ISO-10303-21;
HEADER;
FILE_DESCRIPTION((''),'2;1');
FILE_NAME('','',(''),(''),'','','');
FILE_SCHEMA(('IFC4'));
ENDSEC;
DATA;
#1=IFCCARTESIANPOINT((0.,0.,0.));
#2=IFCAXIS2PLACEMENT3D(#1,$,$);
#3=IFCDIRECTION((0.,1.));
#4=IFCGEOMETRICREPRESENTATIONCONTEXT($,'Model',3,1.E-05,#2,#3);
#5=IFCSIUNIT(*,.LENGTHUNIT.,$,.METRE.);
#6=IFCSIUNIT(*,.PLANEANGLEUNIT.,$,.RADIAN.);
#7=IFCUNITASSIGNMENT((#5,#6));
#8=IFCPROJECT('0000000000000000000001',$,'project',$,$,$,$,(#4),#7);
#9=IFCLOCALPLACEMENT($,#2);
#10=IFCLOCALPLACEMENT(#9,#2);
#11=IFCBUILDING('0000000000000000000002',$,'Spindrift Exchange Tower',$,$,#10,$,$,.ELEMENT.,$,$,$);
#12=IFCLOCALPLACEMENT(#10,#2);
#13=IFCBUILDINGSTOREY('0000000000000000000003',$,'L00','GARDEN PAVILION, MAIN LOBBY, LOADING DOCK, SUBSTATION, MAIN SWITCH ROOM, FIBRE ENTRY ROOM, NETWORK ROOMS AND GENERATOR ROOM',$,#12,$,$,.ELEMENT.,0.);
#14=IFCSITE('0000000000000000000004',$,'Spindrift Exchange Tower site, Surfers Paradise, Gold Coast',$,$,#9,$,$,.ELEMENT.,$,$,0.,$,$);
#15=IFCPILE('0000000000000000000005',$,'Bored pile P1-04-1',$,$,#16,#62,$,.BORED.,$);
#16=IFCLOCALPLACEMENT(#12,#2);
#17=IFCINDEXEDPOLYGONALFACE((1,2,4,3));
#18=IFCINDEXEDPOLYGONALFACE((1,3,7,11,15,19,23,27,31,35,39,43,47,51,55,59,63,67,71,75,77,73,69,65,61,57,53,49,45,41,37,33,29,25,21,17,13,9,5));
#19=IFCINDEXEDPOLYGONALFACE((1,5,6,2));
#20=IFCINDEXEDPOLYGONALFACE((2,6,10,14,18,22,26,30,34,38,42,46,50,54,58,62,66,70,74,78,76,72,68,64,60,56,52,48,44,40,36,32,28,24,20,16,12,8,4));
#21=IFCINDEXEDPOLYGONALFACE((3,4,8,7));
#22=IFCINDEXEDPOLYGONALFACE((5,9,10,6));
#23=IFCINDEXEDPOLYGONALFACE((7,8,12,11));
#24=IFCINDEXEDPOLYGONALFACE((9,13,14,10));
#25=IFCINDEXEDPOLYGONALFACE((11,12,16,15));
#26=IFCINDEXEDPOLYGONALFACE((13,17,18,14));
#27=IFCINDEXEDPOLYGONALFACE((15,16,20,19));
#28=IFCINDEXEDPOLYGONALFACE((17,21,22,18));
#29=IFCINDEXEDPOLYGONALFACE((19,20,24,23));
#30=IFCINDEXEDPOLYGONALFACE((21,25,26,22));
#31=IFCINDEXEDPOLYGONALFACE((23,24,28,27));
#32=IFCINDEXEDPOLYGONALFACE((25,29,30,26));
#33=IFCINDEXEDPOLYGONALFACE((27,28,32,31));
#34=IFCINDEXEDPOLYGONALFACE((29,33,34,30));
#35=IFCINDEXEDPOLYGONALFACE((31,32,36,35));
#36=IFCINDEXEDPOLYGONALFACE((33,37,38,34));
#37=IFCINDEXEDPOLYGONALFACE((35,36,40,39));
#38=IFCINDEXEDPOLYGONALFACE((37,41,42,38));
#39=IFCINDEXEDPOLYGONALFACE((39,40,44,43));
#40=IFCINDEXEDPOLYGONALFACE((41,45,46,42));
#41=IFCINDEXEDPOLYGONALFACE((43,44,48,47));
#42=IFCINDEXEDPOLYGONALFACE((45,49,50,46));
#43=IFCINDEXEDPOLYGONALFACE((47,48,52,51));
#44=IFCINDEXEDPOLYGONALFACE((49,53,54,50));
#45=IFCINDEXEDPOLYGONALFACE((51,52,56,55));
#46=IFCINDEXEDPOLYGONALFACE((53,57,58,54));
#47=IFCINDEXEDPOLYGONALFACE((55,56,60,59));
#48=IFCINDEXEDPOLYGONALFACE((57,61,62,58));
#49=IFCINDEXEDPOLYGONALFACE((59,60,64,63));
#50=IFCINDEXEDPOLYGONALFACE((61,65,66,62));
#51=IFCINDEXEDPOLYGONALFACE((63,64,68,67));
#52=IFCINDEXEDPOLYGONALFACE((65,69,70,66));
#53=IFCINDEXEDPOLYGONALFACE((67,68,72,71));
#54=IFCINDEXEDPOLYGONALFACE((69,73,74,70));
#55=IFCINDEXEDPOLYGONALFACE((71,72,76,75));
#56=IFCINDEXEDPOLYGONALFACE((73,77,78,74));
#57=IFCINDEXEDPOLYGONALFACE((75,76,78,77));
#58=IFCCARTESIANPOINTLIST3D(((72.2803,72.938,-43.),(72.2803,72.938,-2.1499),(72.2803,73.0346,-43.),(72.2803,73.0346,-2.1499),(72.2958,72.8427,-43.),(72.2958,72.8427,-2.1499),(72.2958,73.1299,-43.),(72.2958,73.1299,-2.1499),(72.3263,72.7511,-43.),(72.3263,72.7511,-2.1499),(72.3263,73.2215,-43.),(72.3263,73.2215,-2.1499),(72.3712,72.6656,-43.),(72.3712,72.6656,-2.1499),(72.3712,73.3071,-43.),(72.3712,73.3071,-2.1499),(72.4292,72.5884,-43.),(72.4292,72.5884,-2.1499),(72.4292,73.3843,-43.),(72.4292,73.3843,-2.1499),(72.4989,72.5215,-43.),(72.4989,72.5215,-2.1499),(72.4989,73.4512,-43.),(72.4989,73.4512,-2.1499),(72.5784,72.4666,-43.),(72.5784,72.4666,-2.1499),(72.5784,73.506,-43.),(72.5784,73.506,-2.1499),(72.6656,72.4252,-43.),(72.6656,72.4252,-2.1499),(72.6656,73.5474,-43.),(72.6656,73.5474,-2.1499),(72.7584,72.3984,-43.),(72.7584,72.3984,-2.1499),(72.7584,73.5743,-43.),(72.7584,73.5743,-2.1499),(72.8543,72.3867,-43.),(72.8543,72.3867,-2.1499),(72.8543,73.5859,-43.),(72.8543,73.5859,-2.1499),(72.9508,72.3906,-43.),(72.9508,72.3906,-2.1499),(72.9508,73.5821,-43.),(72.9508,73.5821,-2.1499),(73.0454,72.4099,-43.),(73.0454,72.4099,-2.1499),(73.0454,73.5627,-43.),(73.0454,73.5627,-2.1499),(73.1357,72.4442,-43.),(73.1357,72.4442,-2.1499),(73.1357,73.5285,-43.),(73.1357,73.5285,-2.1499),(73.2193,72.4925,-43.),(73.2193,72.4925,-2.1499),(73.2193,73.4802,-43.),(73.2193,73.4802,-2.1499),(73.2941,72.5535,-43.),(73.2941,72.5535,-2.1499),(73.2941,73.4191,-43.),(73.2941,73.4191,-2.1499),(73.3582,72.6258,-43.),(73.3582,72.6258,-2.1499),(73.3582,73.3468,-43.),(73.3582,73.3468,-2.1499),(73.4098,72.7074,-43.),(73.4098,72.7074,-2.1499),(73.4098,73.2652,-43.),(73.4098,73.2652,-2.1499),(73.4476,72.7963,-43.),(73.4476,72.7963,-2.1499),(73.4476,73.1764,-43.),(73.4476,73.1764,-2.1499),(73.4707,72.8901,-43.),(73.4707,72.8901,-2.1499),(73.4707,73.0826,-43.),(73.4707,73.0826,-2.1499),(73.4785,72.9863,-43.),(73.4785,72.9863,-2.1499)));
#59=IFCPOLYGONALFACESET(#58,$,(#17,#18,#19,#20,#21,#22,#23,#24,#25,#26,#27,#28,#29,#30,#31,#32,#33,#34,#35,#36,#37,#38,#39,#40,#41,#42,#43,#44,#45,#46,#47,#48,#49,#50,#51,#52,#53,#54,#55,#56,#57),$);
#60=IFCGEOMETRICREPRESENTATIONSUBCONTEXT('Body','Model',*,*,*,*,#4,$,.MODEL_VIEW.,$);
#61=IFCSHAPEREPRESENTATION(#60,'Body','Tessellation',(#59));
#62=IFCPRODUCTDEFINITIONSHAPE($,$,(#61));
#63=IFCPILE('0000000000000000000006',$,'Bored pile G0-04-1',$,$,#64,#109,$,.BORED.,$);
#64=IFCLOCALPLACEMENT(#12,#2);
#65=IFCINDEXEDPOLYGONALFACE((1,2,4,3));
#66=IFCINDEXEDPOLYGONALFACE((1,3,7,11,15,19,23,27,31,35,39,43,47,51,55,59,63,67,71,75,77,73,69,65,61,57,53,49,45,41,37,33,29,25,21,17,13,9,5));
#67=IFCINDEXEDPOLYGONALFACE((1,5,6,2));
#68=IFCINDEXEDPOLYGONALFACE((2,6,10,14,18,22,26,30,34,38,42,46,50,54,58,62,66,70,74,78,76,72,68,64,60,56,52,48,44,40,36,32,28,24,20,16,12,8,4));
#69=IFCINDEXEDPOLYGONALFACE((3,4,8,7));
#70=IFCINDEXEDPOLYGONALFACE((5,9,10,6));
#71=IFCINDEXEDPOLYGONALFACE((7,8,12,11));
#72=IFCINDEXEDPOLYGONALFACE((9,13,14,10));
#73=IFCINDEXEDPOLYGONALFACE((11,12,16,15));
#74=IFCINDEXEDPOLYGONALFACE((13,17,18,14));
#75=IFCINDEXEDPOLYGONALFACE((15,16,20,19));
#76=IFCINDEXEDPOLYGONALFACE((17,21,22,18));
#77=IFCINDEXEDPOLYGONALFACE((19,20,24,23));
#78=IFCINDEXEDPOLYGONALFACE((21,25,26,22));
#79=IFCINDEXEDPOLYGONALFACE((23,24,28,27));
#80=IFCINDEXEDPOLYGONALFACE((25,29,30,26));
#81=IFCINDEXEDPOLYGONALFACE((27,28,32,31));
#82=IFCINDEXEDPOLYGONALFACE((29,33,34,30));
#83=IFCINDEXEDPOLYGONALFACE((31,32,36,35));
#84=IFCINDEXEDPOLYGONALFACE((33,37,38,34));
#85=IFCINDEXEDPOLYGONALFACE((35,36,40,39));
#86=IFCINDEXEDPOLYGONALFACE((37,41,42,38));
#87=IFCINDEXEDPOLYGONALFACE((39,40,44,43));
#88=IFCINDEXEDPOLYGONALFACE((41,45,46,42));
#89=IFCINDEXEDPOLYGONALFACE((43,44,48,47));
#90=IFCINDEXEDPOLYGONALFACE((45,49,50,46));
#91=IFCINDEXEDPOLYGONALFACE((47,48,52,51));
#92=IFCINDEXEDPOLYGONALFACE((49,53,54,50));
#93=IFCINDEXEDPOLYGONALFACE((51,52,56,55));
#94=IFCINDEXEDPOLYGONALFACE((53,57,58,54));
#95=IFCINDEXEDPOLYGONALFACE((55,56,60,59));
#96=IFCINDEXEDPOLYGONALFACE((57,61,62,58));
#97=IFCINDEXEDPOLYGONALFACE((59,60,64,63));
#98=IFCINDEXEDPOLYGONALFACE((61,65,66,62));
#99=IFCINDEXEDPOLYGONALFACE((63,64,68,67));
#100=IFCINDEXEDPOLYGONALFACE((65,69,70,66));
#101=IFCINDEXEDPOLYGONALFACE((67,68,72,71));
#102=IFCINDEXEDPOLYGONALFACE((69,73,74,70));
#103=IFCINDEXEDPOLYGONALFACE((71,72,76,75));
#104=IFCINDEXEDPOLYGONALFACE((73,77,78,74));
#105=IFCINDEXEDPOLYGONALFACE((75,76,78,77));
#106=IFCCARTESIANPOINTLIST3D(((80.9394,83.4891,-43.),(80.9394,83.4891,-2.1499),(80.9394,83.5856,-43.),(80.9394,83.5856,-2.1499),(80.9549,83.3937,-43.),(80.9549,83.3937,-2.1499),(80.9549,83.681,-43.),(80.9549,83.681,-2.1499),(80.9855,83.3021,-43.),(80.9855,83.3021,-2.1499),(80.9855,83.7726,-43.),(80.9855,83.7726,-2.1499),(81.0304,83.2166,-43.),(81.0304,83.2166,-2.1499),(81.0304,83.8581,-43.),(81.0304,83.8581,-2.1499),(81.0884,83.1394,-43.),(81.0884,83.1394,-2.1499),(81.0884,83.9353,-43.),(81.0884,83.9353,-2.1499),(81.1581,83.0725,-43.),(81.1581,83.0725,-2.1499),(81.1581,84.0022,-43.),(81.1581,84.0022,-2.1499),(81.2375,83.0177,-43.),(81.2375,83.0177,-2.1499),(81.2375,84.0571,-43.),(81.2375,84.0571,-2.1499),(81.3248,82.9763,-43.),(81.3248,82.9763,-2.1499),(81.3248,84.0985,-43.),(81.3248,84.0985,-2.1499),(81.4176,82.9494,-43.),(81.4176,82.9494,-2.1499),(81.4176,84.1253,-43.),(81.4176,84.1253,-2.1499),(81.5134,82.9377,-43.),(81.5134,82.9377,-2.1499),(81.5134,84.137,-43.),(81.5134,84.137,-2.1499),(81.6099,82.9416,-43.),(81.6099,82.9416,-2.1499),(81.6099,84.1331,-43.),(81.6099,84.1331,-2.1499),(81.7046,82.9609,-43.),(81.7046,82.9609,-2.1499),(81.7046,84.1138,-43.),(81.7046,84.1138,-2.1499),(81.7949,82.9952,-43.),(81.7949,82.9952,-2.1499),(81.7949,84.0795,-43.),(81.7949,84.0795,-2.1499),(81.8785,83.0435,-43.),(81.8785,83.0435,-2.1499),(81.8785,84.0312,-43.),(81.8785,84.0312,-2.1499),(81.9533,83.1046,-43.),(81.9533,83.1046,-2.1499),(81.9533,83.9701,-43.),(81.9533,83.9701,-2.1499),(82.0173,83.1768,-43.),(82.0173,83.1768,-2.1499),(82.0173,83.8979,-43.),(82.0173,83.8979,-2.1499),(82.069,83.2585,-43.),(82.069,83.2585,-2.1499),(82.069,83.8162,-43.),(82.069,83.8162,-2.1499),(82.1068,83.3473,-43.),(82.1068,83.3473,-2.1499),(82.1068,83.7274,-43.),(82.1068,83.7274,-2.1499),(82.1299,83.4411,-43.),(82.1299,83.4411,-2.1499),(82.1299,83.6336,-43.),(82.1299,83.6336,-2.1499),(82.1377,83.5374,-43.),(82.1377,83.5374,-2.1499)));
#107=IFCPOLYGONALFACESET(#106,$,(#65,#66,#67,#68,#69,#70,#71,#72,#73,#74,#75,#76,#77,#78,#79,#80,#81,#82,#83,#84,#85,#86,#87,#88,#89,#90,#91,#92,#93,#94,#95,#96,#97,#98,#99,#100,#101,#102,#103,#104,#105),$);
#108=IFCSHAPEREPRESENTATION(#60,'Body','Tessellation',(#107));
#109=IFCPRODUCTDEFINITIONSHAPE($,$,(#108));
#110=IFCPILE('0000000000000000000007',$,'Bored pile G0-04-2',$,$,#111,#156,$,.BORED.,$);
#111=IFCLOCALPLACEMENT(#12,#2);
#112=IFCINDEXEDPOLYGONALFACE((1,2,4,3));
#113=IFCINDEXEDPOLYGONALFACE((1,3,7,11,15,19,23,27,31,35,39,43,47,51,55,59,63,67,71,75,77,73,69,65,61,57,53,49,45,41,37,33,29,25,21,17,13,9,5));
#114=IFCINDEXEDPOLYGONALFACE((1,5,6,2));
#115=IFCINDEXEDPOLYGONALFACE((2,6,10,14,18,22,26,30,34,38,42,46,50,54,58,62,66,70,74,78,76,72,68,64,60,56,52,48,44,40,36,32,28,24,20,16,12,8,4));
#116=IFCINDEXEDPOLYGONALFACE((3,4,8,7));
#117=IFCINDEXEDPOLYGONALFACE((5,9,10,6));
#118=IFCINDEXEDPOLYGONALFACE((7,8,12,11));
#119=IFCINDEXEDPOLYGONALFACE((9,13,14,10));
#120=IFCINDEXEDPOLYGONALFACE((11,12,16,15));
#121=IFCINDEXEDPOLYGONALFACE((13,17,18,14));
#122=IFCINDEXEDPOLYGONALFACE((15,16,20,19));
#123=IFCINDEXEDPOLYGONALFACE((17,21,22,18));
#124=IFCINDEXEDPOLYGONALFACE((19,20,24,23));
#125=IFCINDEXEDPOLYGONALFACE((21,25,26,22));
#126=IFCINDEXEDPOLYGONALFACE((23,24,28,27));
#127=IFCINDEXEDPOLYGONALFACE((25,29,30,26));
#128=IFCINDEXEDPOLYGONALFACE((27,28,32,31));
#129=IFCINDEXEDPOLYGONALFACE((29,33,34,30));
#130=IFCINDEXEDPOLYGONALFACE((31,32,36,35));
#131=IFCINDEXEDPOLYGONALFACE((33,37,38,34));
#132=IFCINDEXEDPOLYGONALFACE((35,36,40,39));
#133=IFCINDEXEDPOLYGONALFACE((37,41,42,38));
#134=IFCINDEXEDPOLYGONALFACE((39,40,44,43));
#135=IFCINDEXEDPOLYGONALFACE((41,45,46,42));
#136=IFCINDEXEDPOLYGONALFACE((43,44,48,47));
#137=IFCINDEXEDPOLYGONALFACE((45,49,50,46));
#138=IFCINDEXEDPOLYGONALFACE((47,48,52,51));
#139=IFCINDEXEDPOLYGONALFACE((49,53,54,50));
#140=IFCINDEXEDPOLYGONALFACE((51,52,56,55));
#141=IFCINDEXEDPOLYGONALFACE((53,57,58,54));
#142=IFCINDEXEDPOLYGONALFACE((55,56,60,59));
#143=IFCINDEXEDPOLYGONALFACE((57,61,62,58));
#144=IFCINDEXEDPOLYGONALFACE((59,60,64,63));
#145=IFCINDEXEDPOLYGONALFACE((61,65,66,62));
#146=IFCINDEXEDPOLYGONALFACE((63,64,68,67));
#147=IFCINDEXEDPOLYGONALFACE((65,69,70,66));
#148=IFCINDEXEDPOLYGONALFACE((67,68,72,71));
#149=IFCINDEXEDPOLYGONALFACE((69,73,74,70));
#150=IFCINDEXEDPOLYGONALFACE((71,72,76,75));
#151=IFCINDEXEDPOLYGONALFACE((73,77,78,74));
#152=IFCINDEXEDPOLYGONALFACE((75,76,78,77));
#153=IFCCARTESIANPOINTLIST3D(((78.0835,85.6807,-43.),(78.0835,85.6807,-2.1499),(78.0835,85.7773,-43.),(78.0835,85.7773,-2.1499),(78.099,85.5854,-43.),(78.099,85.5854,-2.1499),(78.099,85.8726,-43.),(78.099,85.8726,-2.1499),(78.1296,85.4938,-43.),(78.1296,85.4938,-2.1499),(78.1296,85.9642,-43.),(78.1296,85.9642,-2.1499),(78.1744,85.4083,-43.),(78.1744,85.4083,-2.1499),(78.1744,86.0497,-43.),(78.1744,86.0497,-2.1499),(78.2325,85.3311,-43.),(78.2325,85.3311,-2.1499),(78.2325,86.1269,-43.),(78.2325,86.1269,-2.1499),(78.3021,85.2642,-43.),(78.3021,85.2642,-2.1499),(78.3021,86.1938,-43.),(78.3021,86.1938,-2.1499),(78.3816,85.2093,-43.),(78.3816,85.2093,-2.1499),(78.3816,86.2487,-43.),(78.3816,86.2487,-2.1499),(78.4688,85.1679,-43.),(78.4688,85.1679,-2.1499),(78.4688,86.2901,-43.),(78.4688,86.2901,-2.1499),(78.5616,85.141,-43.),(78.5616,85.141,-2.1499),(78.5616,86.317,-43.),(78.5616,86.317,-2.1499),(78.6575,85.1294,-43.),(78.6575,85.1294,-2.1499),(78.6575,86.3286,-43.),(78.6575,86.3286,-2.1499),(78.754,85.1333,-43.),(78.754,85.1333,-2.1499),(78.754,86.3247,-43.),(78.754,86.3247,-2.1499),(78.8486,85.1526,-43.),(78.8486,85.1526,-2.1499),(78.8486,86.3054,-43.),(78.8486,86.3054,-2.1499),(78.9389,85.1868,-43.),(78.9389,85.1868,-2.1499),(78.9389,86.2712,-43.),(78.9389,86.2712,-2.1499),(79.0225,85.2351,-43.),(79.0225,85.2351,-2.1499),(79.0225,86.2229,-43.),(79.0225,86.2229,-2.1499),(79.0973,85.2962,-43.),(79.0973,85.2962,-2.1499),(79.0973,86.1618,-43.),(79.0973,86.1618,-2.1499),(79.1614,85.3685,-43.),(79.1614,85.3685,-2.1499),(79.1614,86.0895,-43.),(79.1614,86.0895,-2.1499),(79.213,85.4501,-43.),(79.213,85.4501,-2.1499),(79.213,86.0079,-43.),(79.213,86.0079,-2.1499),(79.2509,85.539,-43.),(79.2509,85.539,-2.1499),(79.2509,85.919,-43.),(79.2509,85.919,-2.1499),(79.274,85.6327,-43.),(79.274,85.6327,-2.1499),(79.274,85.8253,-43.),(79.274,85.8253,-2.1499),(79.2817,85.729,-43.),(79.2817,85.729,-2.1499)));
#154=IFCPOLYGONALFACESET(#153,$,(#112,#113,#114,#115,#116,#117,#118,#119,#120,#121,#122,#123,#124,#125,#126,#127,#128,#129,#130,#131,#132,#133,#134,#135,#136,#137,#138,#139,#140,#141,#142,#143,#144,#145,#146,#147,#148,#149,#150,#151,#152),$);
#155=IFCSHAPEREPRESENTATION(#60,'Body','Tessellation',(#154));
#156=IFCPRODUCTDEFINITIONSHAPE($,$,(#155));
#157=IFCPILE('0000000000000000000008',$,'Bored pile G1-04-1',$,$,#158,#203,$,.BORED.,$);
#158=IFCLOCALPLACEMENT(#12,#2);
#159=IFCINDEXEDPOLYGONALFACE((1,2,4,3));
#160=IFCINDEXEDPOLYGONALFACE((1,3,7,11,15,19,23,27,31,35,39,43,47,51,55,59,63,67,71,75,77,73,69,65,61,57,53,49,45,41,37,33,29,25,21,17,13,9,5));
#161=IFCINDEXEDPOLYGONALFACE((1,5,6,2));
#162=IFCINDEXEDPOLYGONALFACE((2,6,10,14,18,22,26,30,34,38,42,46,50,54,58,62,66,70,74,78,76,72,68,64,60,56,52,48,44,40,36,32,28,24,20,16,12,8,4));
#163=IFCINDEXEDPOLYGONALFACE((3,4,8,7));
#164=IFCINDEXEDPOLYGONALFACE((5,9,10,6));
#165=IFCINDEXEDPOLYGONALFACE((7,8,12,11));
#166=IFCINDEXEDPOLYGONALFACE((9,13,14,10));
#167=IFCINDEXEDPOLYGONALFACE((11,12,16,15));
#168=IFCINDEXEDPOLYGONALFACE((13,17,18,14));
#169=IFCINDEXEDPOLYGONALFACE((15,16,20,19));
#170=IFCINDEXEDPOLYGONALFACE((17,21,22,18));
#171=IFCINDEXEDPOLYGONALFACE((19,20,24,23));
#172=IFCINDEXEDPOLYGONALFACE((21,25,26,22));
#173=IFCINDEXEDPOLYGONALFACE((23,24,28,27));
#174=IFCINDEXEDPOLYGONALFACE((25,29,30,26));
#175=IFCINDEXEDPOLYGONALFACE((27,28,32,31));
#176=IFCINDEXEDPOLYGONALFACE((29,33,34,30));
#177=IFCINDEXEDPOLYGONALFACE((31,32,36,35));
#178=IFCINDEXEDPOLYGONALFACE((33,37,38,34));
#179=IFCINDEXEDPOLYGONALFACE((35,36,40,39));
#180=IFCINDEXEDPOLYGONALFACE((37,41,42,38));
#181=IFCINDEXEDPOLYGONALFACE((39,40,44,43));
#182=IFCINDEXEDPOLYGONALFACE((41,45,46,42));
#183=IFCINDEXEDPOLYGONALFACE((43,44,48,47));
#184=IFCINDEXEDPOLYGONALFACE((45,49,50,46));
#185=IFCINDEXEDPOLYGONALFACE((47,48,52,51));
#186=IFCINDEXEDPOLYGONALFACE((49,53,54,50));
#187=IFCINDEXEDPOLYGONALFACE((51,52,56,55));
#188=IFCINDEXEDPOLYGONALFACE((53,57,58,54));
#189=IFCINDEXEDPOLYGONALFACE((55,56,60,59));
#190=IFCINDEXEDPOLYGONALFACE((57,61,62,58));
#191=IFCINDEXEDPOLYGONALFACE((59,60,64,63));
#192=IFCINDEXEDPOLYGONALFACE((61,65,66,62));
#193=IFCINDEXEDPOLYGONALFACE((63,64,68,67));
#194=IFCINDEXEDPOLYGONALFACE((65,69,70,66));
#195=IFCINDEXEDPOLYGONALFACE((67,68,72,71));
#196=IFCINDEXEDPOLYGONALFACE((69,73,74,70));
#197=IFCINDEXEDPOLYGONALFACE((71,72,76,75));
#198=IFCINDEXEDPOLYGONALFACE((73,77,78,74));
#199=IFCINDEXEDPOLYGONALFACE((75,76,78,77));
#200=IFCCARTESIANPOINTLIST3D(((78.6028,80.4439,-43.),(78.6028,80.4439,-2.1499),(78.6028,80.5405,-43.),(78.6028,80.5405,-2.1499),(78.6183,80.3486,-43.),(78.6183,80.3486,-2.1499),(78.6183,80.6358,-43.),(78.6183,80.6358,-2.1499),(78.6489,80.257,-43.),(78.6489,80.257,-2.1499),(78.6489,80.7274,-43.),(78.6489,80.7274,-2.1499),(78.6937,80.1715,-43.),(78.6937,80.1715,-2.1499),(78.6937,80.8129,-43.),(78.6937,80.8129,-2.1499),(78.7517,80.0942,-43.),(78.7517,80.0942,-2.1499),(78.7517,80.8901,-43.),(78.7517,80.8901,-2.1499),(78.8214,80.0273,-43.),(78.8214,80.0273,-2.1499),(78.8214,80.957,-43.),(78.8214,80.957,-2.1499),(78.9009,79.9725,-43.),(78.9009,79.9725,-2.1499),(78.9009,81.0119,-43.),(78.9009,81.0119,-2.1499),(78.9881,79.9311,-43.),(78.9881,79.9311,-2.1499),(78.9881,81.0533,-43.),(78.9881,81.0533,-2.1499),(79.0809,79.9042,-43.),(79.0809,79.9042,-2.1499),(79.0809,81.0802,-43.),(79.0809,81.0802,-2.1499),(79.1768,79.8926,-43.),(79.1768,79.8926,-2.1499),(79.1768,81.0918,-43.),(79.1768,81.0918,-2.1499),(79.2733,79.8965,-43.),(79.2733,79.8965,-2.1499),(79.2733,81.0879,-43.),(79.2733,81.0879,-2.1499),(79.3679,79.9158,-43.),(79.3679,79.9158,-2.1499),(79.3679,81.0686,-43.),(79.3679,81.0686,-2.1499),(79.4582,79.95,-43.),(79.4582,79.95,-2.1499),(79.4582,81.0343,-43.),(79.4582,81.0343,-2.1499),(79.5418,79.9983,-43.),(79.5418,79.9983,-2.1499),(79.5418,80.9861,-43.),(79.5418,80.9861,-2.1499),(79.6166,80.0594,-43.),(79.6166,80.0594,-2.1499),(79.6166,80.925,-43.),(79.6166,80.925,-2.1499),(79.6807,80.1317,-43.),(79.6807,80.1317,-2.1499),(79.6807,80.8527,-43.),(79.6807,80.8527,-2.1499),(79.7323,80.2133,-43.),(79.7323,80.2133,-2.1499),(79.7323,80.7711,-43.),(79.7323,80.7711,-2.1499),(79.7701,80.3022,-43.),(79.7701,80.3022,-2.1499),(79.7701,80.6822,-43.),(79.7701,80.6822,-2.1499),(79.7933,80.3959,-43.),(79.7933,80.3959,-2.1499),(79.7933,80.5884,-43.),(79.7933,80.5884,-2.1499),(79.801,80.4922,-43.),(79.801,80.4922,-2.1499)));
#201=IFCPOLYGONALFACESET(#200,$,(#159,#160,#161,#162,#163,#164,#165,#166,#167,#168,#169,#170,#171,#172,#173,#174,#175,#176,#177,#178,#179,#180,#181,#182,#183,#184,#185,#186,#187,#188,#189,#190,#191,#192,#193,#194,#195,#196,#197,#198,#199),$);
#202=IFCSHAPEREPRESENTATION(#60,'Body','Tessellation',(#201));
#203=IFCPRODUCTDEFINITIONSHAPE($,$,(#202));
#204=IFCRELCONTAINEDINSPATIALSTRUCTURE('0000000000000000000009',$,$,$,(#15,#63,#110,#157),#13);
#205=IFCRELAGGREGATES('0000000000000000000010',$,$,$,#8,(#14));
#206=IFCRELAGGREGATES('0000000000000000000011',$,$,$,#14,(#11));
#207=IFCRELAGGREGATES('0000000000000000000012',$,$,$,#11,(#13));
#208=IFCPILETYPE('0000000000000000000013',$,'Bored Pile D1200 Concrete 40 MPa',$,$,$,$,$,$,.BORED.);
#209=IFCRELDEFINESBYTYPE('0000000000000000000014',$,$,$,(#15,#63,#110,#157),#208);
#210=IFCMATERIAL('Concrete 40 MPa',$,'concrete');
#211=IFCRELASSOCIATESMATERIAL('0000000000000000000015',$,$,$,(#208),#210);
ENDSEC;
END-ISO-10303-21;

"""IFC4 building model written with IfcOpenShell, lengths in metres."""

from ifc_helpers import new_model, si_unit, direction, frame, origin, origin_2d, place, context, subcontext, project, spatial, circle, extrude, source, transform, mapped, material, material_profile, profile_set, type_object, element, save


model = new_model("IFC4")

# Units and contexts
model_context = context("Model", 3, precision=1e-05, world=origin(), true_north=direction((0.0, 1.0)))
body_context = subcontext(model_context, "Body", "Model", "MODEL_VIEW")
ifc_project = project(units=[si_unit("LENGTHUNIT", "METRE"), si_unit("PLANEANGLEUNIT", "RADIAN")], contexts=[model_context])

# Site, building, storey
site_placement = place(None, origin())
site = spatial("IfcSite", under=ifc_project, at=site_placement, Name="Spindrift Exchange Tower site, Surfers Paradise, Gold Coast", CompositionType="ELEMENT", RefElevation=0.0)
building_placement = place(site_placement, origin())
building = spatial("IfcBuilding", under=site, at=building_placement, Name="Spindrift Exchange Tower", CompositionType="ELEMENT")
storey_placement = place(building_placement, origin())
storey = spatial("IfcBuildingStorey", under=building, at=storey_placement, Name="L00", Description="GARDEN PAVILION, MAIN LOBBY, LOADING DOCK, SUBSTATION, MAIN SWITCH ROOM, FIBRE ENTRY ROOM, NETWORK ROOMS AND GENERATOR ROOM", CompositionType="ELEMENT", Elevation=0.0)

# Piles
ifc_material_1 = material(Name="Concrete 40 MPa", Category="concrete")
ifc_material_profile_1 = material_profile(ifc_material_1, circle(Radius=0.6001, at=origin_2d()), Name="BP D1200")
ifc_profile_set_1 = profile_set([ifc_material_profile_1], Name="Concrete 40 MPa")
pile_type = type_object("IfcPileType", Name="Bored Pile D1200 Concrete 40 MPa", PredefinedType="BORED", material=ifc_profile_set_1)
shared_shape_1 = source(origin(), body_context, "Body", "SweptSolid", [
    extrude(circle(Radius=0.6001, at=origin_2d()), origin(), (0.0, 0.0, 1.0), 40.8501),
])
for number, where, z_axis, x_axis, name in (
    (1, (72.8784, 72.9863, -2.1499), (0.0, 0.0, -1.0), (1.0, 0.0, 0.0), "Bored pile P1-04-1"),
    (2, (81.5376, 83.5374, -2.1499), (0.0, 0.0, -1.0), (1.0, 0.0, 0.0), "Bored pile G0-04-1"),
    (3, (78.6816, 85.729, -2.1499), (0.0, 0.0, -1.0), (1.0, 0.0, 0.0), "Bored pile G0-04-2"),
    (4, (79.2009, 80.4922, -2.1499), (0.0, 0.0, -1.0), (1.0, 0.0, 0.0), "Bored pile G1-04-1"),
):
    element("IfcPile", number, at=place(storey_placement, frame(where, z_axis=z_axis, x_axis=x_axis)), inside=storey, type_object=pile_type, Name=name, PredefinedType="BORED", context=body_context, shape_type="MappedRepresentation", body=[
        mapped(shared_shape_1, transform((0.0, 0.0, 0.0), scale=1.0)),
    ])

save(model, "model.ifc")
